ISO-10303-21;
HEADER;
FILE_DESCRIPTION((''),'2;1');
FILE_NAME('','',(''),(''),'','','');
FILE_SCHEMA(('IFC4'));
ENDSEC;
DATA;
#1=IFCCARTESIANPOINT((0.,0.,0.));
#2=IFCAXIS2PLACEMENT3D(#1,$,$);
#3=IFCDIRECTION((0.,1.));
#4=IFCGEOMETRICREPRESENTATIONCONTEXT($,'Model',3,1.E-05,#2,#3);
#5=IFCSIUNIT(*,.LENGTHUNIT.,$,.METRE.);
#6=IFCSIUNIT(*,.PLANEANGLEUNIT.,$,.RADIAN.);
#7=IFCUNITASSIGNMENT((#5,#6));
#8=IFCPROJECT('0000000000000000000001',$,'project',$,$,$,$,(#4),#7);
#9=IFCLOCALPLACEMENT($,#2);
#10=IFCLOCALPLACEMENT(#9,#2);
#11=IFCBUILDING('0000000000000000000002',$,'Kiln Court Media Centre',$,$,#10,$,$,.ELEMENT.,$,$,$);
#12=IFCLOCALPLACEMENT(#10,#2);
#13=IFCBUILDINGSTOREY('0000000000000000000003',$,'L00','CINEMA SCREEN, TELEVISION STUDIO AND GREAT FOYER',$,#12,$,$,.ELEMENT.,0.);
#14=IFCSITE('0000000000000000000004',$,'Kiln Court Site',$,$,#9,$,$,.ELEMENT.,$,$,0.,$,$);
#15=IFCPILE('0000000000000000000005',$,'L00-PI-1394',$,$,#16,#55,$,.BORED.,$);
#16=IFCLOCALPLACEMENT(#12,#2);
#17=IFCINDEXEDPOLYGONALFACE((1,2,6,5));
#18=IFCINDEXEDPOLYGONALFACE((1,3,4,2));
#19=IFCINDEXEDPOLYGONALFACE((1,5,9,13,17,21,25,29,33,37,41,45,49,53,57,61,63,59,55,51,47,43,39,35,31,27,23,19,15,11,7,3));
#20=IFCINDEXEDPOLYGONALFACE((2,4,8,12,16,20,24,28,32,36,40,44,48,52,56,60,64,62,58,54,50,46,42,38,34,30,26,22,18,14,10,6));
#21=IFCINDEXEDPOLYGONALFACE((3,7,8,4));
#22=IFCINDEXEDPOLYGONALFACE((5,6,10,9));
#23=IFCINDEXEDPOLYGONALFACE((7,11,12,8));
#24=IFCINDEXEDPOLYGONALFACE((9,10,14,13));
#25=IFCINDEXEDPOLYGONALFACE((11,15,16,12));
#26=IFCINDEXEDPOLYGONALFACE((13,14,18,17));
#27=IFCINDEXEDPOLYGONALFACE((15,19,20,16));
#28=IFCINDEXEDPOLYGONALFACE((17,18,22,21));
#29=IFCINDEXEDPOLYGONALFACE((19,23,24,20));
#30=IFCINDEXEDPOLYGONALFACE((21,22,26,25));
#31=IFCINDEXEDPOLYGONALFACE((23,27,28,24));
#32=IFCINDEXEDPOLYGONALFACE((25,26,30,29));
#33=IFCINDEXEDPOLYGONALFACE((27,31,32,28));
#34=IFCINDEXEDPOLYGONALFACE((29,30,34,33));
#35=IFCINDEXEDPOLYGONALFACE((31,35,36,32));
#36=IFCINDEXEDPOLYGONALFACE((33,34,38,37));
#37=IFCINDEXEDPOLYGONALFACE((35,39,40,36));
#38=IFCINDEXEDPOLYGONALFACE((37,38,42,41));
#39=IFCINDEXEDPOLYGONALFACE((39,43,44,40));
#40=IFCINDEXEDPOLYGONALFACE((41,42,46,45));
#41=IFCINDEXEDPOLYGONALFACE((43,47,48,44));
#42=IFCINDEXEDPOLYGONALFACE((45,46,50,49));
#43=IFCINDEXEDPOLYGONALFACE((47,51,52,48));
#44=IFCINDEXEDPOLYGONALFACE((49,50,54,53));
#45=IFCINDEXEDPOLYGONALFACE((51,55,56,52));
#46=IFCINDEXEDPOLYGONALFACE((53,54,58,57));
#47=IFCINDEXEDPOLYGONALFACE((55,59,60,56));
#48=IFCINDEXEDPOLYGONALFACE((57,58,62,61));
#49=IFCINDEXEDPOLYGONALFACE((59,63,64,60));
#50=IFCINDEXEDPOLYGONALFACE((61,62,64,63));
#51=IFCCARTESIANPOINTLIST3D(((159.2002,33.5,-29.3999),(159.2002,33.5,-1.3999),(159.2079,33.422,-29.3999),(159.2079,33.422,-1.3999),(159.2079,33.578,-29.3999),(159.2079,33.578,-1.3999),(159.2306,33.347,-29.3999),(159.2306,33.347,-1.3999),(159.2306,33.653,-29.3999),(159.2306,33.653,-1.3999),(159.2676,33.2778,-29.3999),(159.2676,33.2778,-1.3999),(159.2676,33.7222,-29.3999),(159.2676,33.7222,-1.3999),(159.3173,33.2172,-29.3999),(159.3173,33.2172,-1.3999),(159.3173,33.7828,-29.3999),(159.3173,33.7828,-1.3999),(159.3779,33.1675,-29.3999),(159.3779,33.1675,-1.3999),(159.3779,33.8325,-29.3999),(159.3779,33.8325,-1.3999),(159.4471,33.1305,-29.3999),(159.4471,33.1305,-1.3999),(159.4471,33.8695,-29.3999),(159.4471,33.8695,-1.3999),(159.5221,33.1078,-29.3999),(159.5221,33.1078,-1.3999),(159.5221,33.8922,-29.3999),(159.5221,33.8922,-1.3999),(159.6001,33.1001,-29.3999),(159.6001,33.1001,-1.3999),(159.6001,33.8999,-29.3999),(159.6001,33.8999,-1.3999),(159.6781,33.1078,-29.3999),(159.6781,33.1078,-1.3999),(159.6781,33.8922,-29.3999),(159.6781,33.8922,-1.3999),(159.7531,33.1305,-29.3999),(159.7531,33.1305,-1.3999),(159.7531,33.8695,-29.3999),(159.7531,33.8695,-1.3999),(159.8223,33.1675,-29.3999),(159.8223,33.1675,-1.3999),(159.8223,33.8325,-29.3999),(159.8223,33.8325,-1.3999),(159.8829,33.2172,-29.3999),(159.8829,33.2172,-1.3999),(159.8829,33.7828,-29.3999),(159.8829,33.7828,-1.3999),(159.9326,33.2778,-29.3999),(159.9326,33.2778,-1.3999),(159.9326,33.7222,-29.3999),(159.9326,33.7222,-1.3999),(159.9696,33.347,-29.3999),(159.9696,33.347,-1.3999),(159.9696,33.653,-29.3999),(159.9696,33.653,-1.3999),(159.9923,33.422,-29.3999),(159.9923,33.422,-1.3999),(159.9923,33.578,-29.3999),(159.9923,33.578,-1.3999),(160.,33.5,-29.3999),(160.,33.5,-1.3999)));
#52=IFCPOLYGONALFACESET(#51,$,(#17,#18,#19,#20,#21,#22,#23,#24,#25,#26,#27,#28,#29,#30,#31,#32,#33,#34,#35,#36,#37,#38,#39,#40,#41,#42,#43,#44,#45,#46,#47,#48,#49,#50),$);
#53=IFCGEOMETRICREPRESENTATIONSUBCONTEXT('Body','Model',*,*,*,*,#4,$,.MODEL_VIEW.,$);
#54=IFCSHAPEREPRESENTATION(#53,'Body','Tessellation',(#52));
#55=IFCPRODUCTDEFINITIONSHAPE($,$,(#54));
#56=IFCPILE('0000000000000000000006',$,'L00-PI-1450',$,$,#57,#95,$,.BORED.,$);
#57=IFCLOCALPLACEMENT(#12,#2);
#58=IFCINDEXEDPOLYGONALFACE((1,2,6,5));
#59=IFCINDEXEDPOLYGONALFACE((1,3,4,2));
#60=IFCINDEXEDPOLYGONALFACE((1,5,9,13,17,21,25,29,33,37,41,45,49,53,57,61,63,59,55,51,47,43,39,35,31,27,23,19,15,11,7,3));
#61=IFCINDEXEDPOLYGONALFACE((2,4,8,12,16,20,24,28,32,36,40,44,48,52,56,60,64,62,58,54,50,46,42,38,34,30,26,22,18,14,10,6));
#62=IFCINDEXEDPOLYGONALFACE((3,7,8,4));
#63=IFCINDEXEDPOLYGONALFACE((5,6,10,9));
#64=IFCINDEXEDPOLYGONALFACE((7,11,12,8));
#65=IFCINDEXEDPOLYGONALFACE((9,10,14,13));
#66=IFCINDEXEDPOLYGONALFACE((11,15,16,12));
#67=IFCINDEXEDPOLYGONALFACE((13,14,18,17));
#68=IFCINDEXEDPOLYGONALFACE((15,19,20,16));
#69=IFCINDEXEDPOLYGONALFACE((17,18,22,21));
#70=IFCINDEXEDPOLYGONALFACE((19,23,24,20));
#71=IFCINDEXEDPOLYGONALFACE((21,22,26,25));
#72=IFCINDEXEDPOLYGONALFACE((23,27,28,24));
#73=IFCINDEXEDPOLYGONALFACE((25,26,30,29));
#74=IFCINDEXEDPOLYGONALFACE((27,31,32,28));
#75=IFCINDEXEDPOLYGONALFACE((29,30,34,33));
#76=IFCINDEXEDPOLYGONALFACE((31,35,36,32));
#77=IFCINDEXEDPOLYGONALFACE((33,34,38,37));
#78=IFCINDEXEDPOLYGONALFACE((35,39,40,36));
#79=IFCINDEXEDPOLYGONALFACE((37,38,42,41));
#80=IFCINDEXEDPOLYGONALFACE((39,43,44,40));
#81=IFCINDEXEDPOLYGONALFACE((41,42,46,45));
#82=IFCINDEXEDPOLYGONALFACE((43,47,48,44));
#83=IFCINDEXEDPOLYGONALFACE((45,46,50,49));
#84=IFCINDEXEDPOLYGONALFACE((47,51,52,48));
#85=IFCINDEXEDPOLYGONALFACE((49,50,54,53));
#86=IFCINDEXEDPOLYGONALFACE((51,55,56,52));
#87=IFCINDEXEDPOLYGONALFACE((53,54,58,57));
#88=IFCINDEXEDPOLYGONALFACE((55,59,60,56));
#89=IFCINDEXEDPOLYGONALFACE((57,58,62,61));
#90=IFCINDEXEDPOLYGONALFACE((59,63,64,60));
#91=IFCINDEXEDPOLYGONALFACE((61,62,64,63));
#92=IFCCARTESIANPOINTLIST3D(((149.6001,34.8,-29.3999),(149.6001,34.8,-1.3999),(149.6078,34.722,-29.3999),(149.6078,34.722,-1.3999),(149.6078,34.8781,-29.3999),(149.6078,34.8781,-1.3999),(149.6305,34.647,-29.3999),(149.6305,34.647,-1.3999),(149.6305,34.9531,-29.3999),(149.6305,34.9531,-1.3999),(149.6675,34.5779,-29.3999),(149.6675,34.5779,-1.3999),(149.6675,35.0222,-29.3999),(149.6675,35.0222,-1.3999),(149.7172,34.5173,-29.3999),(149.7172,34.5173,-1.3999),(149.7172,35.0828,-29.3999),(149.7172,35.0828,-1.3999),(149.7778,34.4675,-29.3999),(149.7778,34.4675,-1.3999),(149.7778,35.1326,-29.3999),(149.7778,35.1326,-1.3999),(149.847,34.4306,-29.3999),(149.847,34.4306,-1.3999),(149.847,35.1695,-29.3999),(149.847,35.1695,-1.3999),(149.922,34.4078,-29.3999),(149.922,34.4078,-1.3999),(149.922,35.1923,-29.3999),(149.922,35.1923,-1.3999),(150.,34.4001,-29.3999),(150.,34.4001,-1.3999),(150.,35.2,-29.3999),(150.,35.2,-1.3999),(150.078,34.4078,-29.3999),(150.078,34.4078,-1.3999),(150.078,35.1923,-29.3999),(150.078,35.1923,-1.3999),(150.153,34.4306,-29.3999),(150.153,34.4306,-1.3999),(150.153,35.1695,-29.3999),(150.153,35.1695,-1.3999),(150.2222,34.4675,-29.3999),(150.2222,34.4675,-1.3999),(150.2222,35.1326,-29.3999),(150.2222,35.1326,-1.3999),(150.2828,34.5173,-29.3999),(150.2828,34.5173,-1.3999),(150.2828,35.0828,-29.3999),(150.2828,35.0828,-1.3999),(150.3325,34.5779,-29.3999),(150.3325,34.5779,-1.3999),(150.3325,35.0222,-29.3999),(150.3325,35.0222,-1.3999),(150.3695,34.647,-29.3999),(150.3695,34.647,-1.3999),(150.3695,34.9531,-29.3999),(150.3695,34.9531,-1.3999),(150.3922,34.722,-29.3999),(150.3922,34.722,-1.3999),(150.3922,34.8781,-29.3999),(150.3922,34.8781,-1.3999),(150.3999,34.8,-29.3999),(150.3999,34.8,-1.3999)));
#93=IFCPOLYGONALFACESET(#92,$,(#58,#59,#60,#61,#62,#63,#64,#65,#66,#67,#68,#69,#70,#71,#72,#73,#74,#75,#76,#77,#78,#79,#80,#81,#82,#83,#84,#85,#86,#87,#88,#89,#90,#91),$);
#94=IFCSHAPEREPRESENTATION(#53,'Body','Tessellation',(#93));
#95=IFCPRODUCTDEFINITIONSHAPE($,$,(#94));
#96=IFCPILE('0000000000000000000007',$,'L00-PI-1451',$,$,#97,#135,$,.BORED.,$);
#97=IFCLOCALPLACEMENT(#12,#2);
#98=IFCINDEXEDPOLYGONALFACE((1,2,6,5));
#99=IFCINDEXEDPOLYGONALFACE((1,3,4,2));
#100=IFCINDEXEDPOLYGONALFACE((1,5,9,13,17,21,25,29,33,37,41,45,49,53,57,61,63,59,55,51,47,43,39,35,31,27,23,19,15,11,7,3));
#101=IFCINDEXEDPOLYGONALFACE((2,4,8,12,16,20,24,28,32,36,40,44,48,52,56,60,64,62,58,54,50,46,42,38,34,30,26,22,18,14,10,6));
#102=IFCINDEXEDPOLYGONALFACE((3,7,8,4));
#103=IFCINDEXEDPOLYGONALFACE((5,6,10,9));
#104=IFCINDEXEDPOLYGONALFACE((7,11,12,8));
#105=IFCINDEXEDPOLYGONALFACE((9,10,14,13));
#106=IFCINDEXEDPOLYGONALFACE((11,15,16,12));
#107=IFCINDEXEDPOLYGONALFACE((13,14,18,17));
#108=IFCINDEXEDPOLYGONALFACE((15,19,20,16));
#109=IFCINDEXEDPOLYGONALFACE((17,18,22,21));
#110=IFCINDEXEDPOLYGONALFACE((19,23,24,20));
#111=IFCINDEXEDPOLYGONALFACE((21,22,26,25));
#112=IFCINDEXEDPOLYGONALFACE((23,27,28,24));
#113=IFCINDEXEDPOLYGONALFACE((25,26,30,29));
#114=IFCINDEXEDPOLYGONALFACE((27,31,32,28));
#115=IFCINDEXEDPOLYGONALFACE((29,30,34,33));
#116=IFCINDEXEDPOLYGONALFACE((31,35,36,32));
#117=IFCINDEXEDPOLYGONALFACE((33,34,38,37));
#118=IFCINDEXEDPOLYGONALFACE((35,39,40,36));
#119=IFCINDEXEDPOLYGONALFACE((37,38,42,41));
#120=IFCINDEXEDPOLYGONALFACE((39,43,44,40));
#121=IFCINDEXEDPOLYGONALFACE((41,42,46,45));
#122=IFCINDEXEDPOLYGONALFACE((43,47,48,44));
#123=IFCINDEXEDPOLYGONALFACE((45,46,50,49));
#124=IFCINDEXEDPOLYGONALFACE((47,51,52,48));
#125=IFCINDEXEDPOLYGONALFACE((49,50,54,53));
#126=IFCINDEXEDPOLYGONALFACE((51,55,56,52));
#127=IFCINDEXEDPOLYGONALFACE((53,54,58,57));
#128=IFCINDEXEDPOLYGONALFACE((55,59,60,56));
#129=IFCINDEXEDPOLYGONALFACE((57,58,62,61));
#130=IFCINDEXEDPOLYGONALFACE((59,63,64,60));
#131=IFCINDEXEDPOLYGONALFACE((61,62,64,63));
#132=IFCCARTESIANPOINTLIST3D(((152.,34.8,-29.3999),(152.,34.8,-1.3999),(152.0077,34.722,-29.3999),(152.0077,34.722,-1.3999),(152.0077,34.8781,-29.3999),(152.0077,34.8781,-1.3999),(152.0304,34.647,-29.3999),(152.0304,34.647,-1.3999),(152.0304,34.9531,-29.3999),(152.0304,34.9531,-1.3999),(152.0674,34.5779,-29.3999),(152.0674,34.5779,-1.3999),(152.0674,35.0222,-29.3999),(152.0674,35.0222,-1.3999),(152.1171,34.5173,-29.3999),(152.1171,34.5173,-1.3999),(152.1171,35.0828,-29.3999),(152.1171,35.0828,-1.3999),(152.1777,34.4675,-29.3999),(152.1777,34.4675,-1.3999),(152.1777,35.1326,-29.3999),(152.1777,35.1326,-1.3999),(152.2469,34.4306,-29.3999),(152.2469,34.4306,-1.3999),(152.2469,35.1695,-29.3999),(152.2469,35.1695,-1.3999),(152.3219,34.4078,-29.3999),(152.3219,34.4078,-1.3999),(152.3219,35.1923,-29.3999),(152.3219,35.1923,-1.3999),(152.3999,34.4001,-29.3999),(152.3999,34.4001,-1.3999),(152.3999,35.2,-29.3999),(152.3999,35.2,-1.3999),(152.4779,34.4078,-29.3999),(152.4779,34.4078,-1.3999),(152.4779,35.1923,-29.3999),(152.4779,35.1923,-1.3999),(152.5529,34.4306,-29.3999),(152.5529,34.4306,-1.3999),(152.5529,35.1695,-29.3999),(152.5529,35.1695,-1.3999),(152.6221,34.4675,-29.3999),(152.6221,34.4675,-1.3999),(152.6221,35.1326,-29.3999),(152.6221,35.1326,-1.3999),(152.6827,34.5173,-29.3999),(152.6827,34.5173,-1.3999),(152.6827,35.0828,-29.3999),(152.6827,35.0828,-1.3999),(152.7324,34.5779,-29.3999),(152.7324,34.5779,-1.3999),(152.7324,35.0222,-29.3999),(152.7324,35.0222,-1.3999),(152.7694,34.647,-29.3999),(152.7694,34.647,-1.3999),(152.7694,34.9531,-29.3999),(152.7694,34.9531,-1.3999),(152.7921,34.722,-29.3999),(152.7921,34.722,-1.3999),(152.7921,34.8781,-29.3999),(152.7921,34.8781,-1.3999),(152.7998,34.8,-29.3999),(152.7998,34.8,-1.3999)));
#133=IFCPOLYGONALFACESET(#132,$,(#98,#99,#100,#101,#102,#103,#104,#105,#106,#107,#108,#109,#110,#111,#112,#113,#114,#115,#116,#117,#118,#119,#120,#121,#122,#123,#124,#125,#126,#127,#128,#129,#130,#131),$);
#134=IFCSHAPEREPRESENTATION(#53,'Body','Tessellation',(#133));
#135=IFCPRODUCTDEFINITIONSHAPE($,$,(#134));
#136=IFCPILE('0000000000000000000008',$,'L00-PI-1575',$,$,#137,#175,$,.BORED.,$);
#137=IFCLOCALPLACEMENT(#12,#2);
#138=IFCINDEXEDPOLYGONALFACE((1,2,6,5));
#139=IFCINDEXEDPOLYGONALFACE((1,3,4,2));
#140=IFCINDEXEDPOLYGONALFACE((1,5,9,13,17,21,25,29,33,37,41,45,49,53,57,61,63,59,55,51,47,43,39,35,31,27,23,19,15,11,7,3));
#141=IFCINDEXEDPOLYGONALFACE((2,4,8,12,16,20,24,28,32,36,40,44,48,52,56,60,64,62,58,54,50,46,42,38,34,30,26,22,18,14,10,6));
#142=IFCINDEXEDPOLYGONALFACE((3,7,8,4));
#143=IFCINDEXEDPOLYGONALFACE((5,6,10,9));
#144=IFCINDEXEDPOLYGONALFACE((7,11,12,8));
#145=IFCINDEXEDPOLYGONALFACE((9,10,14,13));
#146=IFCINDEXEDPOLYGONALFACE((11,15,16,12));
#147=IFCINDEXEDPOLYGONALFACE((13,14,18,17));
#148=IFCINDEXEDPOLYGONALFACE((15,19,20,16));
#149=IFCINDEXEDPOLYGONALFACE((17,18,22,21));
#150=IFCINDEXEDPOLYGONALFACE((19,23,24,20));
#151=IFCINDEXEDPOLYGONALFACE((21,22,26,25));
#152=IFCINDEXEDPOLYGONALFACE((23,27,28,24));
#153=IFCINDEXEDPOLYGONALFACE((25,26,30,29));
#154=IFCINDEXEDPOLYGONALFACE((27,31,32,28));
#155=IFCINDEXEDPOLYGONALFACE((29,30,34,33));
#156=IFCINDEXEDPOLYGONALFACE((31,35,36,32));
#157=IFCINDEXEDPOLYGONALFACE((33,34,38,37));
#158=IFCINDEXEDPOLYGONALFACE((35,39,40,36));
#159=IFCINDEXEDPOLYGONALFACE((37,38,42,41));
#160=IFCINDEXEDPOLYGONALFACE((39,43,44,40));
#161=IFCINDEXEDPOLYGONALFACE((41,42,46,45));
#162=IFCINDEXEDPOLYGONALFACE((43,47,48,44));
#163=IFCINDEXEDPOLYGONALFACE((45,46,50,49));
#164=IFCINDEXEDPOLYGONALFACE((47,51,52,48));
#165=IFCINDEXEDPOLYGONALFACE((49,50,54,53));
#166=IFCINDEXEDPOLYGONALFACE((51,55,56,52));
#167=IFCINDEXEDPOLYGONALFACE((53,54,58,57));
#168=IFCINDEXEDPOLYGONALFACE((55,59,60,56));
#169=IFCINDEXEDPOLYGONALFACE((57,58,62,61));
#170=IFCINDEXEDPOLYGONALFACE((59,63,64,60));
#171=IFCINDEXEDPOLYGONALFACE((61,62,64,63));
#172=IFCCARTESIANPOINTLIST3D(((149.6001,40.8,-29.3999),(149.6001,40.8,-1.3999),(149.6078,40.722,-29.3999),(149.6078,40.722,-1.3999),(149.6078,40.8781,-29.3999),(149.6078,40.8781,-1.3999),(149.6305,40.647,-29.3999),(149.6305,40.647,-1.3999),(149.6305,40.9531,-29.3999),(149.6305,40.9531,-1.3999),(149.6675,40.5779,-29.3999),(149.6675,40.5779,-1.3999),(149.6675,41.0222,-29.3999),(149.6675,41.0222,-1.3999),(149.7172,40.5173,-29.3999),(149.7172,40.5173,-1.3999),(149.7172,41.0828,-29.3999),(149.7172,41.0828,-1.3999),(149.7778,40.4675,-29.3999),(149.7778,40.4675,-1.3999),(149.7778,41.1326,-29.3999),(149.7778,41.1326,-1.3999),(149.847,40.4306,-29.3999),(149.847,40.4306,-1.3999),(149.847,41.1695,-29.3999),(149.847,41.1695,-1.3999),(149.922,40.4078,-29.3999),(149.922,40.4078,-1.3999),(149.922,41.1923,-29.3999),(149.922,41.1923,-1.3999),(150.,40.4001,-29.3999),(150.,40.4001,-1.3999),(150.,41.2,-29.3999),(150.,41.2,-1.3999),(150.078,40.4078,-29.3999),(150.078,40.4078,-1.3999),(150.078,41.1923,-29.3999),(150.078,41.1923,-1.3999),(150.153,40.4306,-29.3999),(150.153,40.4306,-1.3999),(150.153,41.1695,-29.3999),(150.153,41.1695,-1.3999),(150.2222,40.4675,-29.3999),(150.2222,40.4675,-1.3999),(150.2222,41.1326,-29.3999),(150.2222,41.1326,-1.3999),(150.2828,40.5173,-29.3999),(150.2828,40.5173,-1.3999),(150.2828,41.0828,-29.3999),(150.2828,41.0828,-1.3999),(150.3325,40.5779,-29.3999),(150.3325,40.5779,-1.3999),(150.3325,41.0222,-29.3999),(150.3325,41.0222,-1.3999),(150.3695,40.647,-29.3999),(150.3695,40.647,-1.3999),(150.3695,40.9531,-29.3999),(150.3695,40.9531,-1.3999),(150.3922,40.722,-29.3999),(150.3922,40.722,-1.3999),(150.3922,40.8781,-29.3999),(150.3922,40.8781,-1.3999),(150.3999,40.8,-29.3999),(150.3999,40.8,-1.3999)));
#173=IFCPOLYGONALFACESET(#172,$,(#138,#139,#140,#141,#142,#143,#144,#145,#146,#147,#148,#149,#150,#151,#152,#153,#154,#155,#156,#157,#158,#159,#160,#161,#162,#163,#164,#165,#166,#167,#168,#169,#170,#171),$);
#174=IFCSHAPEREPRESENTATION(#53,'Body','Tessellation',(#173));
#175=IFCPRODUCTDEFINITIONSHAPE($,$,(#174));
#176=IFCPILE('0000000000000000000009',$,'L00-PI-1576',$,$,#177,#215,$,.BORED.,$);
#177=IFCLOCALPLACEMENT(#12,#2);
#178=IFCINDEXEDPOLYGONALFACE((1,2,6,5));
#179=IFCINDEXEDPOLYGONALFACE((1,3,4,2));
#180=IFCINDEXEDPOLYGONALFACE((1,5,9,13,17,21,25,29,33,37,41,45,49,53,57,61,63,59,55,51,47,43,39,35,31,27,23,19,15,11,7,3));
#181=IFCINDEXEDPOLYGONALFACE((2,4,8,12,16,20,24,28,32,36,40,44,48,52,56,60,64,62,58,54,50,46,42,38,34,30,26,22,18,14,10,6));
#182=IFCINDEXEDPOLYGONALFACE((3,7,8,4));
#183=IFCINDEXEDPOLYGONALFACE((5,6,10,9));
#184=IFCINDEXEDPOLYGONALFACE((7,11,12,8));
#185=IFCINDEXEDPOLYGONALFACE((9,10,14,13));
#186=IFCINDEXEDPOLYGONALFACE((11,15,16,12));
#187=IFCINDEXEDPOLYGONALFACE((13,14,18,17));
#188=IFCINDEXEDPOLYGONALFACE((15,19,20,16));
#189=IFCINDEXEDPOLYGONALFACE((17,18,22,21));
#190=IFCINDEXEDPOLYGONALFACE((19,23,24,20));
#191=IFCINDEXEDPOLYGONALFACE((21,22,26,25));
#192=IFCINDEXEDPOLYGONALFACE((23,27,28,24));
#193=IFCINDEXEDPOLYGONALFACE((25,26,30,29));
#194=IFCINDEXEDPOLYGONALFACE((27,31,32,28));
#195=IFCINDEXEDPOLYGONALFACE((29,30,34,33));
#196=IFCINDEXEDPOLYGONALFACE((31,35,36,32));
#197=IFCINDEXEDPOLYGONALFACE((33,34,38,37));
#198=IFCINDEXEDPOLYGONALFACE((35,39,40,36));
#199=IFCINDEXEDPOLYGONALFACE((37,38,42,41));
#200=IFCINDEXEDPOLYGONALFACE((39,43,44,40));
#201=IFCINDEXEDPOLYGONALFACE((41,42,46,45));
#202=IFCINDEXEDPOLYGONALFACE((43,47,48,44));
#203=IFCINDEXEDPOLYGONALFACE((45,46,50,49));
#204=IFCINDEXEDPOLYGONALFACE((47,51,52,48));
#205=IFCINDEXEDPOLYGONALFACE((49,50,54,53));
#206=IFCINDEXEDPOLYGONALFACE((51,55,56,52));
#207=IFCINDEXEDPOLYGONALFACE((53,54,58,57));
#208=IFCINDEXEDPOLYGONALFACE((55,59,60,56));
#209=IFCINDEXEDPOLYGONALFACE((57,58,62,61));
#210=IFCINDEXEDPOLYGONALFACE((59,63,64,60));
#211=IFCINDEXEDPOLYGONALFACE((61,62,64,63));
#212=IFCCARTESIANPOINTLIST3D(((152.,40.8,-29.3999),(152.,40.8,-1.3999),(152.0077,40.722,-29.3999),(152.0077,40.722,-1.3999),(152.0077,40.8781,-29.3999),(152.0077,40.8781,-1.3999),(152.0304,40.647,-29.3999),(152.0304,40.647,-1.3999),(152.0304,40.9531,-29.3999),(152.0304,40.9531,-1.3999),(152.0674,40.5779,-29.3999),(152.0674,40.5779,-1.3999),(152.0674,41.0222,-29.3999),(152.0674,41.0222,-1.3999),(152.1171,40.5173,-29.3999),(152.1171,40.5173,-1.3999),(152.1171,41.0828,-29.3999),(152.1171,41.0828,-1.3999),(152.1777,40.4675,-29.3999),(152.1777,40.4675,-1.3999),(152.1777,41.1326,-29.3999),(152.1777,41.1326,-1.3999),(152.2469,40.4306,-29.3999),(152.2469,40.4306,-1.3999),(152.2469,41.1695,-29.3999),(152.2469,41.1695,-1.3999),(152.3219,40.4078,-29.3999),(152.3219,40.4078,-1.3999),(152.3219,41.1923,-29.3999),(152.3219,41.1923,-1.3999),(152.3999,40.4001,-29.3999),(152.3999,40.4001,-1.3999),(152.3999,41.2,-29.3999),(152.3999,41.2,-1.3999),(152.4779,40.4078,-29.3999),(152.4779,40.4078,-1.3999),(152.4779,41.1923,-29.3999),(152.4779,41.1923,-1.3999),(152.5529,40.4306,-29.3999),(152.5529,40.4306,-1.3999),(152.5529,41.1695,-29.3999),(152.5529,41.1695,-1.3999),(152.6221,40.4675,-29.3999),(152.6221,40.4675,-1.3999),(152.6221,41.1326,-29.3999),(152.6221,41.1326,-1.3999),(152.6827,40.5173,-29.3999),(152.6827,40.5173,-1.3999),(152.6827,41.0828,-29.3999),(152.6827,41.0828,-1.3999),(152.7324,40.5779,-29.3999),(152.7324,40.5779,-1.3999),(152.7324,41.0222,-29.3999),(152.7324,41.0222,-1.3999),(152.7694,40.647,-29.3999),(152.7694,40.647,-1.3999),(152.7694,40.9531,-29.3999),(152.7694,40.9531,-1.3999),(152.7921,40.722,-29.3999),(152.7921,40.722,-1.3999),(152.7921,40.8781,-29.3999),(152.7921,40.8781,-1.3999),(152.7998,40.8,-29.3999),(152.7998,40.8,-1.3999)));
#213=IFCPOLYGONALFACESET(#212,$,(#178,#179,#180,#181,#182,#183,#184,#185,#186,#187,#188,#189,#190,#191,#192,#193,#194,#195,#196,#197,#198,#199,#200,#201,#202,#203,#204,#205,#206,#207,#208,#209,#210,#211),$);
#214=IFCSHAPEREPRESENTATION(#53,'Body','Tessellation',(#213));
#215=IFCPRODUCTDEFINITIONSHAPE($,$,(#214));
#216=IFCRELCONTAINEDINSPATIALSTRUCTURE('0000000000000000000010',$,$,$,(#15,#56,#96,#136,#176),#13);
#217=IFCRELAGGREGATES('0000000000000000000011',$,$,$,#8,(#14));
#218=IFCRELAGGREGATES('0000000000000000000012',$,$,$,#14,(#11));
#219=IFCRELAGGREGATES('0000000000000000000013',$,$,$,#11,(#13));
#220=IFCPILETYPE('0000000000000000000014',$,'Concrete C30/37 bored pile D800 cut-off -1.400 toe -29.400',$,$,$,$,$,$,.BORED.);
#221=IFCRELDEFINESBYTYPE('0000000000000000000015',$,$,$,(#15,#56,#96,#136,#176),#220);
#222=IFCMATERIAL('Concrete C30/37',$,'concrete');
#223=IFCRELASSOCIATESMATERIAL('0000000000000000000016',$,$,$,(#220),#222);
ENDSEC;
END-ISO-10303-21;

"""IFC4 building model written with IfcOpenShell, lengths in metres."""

from ifc_helpers import new_model, si_unit, direction, frame, origin, origin_2d, place, context, subcontext, project, spatial, circle, extrude, material, material_profile, profile_set, type_object, element, save


model = new_model("IFC4")

# Units and contexts
model_context = context("Model", 3, precision=1e-05, world=origin(), true_north=direction((0.0, 1.0)))
body_context = subcontext(model_context, "Body", "Model", "MODEL_VIEW")
ifc_project = project(units=[si_unit("LENGTHUNIT", "METRE"), si_unit("PLANEANGLEUNIT", "RADIAN")], contexts=[model_context])

# Site, building, storey
site_placement = place(None, origin())
site = spatial("IfcSite", under=ifc_project, at=site_placement, Name="Kiln Court Site", CompositionType="ELEMENT", RefElevation=0.0)
building_placement = place(site_placement, origin())
building = spatial("IfcBuilding", under=site, at=building_placement, Name="Kiln Court Media Centre", CompositionType="ELEMENT")
storey_placement = place(building_placement, origin())
storey = spatial("IfcBuildingStorey", under=building, at=storey_placement, Name="L00", Description="CINEMA SCREEN, TELEVISION STUDIO AND GREAT FOYER", CompositionType="ELEMENT", Elevation=0.0)

# Piles
ifc_material_1 = material(Name="Concrete C30/37", Category="concrete")
ifc_material_profile = material_profile(ifc_material_1, circle(Radius=0.3999, at=origin_2d()), Name="PILE D800")
ifc_profile_set = profile_set([ifc_material_profile], Name="Concrete C30/37")
pile_type = type_object("IfcPileType", Name="Concrete C30/37 bored pile D800 cut-off -1.400 toe -29.400", PredefinedType="BORED", material=ifc_profile_set)
for number, where, z_axis, x_axis, name in (
    (1, (159.6001, 33.5, -1.3999), (0.0, 0.0, -1.0), (1.0, 0.0, 0.0), "L00-PI-1394"),
    (2, (150.0, 34.8, -1.3999), (0.0, 0.0, -1.0), (1.0, 0.0, 0.0), "L00-PI-1450"),
    (3, (152.3999, 34.8, -1.3999), (0.0, 0.0, -1.0), (1.0, 0.0, 0.0), "L00-PI-1451"),
    (4, (150.0, 40.8, -1.3999), (0.0, 0.0, -1.0), (1.0, 0.0, 0.0), "L00-PI-1575"),
    (5, (152.3999, 40.8, -1.3999), (0.0, 0.0, -1.0), (1.0, 0.0, 0.0), "L00-PI-1576"),
):
    element("IfcPile", number, at=place(storey_placement, frame(where, z_axis=z_axis, x_axis=x_axis)), inside=storey, type_object=pile_type, Name=name, PredefinedType="BORED", context=body_context, shape_type="SweptSolid", body=[
        extrude(circle(Radius=0.3999, at=origin_2d()), origin(), (0.0, 0.0, 1.0), 28.0),
    ])

save(model, "model.ifc")
